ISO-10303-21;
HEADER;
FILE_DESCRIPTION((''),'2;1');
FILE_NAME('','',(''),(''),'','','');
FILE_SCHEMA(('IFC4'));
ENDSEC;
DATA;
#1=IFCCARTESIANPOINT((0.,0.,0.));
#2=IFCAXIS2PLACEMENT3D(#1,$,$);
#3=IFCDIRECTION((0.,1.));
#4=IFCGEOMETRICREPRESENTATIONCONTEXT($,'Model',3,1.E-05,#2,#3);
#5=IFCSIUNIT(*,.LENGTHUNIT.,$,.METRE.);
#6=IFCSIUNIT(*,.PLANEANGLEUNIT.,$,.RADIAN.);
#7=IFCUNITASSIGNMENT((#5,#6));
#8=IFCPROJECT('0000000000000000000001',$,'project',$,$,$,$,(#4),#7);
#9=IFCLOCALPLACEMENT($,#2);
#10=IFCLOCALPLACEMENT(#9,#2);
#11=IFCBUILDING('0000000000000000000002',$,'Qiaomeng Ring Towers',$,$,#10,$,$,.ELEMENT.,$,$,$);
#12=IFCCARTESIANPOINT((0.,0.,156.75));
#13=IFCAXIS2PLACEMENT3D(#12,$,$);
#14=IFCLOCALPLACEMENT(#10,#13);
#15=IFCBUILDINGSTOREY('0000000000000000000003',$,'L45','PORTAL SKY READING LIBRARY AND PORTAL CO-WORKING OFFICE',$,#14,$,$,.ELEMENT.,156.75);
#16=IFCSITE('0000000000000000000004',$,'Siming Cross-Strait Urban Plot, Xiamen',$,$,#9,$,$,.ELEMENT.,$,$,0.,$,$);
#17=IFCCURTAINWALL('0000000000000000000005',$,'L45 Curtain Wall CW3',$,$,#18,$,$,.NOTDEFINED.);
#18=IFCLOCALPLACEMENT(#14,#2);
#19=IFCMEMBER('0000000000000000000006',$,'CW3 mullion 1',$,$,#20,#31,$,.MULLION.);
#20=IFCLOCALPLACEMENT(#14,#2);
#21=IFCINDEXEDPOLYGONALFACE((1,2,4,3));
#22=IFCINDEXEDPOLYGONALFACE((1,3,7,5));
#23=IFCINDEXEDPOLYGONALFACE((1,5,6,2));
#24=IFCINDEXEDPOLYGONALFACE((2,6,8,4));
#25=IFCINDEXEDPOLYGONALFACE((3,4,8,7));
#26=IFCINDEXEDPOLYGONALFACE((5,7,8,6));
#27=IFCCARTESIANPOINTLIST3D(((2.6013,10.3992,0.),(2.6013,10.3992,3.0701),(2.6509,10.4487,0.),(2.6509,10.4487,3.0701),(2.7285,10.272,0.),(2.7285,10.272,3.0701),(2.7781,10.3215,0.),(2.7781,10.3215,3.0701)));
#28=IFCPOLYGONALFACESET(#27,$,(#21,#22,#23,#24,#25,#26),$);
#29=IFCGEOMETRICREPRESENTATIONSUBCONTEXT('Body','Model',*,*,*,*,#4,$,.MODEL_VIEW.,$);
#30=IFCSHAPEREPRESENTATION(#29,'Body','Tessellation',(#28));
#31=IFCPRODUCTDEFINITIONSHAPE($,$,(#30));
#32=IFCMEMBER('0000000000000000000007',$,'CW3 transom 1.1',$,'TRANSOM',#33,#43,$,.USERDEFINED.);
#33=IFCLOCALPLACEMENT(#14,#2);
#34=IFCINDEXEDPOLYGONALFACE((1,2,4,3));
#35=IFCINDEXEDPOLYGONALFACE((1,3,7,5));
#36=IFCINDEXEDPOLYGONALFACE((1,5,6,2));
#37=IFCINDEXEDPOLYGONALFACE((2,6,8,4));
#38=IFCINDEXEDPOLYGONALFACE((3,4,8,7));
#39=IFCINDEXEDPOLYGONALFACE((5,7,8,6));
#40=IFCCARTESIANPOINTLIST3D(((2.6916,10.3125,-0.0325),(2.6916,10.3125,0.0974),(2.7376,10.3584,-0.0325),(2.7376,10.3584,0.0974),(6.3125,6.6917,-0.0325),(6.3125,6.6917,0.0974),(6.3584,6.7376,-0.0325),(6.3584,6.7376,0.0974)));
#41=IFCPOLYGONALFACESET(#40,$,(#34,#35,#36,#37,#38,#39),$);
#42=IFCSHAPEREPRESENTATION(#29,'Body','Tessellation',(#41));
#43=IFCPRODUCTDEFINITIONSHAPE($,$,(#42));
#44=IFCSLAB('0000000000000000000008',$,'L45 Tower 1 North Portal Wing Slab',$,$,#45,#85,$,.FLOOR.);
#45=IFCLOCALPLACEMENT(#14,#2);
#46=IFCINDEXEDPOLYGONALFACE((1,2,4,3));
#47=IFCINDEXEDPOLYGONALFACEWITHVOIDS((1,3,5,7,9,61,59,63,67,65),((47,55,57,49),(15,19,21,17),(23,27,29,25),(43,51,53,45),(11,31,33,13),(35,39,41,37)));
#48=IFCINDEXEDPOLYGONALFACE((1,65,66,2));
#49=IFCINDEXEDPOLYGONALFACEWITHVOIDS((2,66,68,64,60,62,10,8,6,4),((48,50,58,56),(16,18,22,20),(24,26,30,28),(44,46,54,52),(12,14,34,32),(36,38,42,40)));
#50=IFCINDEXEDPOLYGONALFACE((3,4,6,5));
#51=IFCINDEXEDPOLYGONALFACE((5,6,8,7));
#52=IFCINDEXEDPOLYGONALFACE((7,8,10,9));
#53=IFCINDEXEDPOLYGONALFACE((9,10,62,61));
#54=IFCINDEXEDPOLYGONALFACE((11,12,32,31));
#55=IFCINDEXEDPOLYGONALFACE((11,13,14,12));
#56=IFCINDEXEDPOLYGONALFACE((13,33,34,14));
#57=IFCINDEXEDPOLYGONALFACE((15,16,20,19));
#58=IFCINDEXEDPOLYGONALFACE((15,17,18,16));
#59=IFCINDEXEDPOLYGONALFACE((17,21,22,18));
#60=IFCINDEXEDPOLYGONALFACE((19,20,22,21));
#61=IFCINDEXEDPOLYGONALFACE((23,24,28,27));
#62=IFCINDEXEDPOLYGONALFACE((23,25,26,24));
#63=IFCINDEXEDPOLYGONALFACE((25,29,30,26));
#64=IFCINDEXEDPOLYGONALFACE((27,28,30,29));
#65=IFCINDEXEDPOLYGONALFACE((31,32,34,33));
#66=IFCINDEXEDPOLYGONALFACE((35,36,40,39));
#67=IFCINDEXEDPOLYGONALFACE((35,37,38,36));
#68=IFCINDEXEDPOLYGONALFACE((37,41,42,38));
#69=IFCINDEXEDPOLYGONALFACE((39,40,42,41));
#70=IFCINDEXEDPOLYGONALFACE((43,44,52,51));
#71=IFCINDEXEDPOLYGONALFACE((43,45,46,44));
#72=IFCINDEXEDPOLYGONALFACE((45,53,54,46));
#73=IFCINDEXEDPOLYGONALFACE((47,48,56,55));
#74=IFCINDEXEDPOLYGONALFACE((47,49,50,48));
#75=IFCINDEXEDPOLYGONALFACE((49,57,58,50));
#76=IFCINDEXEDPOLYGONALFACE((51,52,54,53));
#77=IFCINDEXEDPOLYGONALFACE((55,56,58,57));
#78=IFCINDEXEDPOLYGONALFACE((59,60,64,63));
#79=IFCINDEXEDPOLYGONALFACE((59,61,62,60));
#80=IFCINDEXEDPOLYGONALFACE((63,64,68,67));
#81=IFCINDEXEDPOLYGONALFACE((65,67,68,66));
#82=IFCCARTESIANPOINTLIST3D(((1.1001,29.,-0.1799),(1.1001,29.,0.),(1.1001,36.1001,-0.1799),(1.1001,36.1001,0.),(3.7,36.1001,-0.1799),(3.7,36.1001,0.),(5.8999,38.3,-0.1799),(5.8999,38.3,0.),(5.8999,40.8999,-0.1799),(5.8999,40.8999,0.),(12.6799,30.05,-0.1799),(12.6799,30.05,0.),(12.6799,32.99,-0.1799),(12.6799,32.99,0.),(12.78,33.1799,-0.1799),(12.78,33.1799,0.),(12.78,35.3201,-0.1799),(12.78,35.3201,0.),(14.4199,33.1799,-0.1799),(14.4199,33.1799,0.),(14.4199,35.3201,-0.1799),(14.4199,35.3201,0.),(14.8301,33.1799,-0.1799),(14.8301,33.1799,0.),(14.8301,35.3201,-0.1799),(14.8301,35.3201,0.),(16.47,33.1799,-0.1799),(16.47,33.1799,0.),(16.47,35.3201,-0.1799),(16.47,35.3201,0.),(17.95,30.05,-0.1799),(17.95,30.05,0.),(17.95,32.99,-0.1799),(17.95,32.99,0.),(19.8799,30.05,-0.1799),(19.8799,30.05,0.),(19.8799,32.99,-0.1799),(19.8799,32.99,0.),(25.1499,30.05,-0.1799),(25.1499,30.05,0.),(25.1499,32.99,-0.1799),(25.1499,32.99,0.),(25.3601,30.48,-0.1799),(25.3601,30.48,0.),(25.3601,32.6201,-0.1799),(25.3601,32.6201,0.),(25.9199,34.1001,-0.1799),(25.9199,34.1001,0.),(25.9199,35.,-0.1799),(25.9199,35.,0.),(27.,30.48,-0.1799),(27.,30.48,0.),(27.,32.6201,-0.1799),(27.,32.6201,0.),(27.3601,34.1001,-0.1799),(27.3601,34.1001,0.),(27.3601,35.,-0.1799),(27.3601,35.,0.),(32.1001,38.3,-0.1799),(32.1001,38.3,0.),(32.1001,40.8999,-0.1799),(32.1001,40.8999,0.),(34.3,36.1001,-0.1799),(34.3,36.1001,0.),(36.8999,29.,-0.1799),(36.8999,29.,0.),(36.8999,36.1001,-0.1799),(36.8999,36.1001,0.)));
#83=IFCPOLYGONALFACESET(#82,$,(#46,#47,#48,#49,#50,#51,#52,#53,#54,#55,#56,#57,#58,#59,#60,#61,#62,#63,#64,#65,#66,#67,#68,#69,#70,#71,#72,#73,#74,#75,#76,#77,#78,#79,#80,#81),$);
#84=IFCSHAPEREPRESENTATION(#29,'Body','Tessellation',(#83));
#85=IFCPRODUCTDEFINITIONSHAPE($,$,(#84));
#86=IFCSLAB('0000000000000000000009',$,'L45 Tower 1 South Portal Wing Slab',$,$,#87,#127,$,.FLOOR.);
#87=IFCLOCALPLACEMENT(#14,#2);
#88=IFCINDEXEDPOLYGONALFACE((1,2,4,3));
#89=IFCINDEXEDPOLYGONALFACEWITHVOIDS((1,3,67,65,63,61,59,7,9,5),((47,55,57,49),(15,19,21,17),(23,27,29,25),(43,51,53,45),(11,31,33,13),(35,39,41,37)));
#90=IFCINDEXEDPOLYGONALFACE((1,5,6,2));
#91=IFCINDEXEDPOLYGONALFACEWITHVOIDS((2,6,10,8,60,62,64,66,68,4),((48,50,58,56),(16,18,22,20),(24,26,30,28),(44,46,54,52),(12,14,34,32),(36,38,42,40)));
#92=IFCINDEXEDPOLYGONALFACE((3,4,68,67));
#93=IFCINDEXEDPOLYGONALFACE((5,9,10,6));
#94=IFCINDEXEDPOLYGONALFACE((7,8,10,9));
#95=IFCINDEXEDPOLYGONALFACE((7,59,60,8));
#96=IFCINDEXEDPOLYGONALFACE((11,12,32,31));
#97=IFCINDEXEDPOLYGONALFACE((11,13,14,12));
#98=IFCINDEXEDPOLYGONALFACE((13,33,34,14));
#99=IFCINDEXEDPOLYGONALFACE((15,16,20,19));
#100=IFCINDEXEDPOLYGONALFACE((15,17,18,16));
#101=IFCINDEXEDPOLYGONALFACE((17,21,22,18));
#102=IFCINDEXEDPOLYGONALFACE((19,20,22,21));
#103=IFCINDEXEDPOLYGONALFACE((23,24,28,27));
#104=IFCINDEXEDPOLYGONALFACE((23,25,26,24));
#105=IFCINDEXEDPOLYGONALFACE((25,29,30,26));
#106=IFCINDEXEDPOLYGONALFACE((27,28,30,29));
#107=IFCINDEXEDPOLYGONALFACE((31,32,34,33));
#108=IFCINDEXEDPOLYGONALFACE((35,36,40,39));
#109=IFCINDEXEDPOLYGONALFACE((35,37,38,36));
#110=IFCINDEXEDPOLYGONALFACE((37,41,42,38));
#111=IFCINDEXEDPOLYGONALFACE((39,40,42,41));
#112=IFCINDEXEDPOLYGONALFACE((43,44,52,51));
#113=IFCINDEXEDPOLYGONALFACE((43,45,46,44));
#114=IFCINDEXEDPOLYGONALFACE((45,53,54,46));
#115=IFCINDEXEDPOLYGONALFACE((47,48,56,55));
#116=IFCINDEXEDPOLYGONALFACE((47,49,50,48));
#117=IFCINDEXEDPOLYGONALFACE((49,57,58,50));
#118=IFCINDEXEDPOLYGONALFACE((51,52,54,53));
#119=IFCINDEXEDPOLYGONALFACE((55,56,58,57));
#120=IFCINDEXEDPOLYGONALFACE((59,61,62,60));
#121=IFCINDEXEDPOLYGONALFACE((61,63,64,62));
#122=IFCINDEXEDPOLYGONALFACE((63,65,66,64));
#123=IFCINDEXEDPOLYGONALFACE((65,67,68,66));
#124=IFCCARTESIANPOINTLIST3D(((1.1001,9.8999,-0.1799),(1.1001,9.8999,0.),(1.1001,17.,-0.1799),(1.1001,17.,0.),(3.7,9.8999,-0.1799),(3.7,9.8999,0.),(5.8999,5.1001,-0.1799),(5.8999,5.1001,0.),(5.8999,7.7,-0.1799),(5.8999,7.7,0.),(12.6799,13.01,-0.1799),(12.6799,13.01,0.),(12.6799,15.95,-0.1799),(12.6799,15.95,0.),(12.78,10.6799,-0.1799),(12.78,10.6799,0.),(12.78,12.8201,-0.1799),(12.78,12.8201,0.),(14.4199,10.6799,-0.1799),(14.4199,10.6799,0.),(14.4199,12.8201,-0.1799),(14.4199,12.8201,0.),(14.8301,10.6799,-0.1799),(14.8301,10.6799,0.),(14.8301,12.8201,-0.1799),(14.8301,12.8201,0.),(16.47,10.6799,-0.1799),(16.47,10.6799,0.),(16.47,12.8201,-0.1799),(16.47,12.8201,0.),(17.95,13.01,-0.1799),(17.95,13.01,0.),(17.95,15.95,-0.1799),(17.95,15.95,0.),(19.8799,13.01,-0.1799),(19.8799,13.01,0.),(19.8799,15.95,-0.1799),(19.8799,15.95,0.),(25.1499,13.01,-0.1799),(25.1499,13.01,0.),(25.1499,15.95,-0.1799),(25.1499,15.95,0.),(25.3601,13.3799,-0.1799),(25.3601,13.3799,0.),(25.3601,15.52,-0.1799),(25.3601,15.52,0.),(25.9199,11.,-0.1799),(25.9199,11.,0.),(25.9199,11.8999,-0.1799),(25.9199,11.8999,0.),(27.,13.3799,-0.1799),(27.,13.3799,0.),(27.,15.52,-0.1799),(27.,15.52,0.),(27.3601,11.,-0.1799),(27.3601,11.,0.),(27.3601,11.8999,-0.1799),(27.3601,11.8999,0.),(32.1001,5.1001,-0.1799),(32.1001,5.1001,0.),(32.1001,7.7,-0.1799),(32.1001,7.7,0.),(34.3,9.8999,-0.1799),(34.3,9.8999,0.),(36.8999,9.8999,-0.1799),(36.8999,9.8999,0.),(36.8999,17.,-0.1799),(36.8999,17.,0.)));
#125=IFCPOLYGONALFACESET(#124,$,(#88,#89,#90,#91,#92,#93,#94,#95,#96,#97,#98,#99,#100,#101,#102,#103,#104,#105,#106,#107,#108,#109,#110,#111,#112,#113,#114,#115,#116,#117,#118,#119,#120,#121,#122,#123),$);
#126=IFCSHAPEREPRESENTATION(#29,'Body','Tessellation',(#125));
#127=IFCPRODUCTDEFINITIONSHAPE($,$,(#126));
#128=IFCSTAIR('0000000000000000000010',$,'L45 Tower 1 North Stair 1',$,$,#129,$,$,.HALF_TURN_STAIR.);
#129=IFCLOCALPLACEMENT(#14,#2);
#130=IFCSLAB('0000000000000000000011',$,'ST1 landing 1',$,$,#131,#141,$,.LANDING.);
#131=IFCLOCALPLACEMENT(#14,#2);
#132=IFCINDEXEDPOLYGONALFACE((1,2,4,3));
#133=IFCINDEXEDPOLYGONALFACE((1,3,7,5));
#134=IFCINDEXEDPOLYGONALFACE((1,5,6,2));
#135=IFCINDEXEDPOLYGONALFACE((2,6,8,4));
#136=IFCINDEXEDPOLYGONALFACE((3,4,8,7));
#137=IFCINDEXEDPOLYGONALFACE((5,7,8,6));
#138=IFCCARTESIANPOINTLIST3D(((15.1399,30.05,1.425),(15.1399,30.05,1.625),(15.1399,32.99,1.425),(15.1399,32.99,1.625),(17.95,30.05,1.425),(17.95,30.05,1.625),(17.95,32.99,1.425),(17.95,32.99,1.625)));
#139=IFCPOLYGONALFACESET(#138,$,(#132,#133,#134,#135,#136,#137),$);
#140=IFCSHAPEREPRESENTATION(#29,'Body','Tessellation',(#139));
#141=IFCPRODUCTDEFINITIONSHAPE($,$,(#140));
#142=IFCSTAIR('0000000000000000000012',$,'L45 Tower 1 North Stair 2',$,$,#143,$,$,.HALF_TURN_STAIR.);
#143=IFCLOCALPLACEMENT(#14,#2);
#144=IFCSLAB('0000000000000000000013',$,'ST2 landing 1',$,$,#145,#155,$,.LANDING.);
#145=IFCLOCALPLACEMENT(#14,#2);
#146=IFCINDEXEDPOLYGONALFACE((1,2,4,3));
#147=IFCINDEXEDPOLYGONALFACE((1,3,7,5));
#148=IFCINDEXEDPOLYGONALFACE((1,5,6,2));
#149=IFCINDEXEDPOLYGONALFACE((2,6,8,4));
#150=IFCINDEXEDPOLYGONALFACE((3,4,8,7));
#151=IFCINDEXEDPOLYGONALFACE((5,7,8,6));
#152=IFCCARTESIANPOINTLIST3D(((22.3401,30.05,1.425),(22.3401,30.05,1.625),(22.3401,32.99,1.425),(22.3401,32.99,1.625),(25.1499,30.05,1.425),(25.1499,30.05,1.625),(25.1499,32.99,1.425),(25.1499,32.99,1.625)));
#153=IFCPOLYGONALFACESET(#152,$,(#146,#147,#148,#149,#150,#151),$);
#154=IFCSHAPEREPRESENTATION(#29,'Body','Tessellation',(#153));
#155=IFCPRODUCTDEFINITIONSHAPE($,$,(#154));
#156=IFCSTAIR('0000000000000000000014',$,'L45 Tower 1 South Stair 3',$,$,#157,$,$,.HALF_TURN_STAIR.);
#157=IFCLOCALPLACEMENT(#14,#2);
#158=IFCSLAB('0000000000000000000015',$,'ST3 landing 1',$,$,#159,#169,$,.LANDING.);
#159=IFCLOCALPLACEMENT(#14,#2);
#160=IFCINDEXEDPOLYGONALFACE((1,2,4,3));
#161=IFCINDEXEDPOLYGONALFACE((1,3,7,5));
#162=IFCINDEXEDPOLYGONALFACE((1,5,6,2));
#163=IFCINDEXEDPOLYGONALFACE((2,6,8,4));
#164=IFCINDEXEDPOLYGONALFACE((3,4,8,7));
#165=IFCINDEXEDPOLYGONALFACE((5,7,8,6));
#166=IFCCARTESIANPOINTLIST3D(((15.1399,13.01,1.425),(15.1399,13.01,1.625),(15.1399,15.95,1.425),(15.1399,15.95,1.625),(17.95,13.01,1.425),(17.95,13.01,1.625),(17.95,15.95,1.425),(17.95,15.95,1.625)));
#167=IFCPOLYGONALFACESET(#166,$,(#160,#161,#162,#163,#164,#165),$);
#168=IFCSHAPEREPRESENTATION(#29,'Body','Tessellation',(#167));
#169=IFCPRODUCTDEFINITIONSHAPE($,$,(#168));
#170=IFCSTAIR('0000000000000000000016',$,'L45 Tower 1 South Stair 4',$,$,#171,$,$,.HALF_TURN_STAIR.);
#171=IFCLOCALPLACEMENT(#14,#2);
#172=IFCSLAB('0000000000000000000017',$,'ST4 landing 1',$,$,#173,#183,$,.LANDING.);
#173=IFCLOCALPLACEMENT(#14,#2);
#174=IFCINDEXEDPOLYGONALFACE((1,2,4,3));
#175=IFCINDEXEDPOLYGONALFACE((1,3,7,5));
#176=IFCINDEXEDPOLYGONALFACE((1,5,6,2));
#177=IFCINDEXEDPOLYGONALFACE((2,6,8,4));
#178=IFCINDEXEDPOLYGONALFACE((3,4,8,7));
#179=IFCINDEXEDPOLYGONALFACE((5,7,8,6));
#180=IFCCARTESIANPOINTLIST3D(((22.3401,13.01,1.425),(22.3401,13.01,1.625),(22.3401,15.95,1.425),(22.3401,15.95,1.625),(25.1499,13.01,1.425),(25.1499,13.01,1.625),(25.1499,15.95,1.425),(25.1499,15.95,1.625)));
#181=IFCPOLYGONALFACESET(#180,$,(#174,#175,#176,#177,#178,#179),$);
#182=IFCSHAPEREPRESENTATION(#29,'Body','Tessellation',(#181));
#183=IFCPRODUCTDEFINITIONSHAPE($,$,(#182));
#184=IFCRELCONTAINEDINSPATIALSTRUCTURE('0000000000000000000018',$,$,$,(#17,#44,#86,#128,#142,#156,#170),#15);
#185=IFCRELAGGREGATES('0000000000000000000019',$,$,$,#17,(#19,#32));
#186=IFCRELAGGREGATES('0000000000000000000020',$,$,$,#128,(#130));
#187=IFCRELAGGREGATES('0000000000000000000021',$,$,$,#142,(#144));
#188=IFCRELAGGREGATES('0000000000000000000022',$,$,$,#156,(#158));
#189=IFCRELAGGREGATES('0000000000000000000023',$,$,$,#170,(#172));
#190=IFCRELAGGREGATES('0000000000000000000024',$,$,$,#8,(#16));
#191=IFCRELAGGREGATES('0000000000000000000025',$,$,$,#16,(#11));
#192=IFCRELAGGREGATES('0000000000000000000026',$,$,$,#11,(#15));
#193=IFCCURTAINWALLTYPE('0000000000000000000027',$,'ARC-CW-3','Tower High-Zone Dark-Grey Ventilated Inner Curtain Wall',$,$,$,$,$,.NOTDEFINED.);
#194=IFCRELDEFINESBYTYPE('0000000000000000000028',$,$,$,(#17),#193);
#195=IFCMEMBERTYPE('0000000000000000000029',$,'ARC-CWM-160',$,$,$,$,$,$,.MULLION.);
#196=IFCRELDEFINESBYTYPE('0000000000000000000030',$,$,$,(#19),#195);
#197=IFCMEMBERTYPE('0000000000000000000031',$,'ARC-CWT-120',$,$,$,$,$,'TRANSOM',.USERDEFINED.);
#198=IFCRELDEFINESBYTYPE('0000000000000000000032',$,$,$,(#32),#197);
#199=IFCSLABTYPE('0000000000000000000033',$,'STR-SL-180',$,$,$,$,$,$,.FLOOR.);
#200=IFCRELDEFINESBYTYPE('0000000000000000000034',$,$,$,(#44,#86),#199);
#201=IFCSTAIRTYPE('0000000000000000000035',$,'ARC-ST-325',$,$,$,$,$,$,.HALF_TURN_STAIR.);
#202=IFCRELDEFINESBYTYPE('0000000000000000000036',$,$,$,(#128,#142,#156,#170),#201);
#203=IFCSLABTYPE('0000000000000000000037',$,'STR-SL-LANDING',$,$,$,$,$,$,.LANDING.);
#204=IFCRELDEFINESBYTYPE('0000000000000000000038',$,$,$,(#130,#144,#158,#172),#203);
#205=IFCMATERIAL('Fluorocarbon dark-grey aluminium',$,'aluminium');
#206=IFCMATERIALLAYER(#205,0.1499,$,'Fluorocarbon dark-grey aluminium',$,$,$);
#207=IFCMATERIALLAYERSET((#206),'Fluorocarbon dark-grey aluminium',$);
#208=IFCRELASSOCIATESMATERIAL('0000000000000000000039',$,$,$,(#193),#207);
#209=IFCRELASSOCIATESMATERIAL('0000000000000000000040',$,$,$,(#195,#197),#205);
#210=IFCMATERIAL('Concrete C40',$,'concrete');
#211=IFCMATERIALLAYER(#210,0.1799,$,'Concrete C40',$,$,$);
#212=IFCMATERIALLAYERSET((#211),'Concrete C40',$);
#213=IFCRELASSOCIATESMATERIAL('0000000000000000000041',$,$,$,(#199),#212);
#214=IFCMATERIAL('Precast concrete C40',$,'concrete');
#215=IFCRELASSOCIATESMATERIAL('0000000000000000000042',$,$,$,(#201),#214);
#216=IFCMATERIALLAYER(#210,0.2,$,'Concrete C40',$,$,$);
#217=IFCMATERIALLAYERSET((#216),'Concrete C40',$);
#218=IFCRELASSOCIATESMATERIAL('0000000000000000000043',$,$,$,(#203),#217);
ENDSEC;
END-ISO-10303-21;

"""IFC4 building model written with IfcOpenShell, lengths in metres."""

from ifc_helpers import new_model, si_unit, direction, frame, origin, origin_2d, place, context, subcontext, project, spatial, polyline, rectangle, outline, extrude, source, transform, mapped, material, layer, layer_set, material_profile, profile_set, type_object, element, aggregate, save


model = new_model("IFC4")

# Units and contexts
model_context = context("Model", 3, precision=1e-05, world=origin(), true_north=direction((0.0, 1.0)))
body_context = subcontext(model_context, "Body", "Model", "MODEL_VIEW")
ifc_project = project(units=[si_unit("LENGTHUNIT", "METRE"), si_unit("PLANEANGLEUNIT", "RADIAN")], contexts=[model_context])

# Site, building, storey
site_placement = place(None, origin())
site = spatial("IfcSite", under=ifc_project, at=site_placement, Name="Siming Cross-Strait Urban Plot, Xiamen", CompositionType="ELEMENT", RefElevation=0.0)
building_placement = place(site_placement, origin())
building = spatial("IfcBuilding", under=site, at=building_placement, Name="Qiaomeng Ring Towers", CompositionType="ELEMENT")
storey_placement = place(building_placement, frame((0.0, 0.0, 156.75)))
storey = spatial("IfcBuildingStorey", under=building, at=storey_placement, Name="L45", Description="PORTAL SKY READING LIBRARY AND PORTAL CO-WORKING OFFICE", CompositionType="ELEMENT", Elevation=156.75)

# Curtain wall, members
ifc_material_1 = material(Name="Fluorocarbon dark-grey aluminium", Category="aluminium")
ifc_layer_1 = layer(ifc_material_1, 0.1499, Name="Fluorocarbon dark-grey aluminium")
ifc_layer_set_1 = layer_set([ifc_layer_1], Name="Fluorocarbon dark-grey aluminium")
curtain_wall_type = type_object("IfcCurtainWallType", Name="ARC-CW-3", Description="Tower High-Zone Dark-Grey Ventilated Inner Curtain Wall", PredefinedType="NOTDEFINED", material=ifc_layer_set_1)
curtain_wall_placement = place(storey_placement, origin())
curtain_wall = element("IfcCurtainWall", 1, at=curtain_wall_placement, inside=storey, type_object=curtain_wall_type, Name="L45 Curtain Wall CW3", PredefinedType="NOTDEFINED")
ifc_material_profile_1 = material_profile(ifc_material_1, rectangle(XDim=0.0701, YDim=0.1799, at=origin_2d()), Name="ALU MULL 70x180")
ifc_profile_set_1 = profile_set([ifc_material_profile_1], Name="Fluorocarbon dark-grey aluminium")
member_type_1 = type_object("IfcMemberType", Name="ARC-CWM-160", PredefinedType="MULLION", material=ifc_profile_set_1)
shared_shape_1 = source(origin(), body_context, "Body", "SweptSolid", [
    extrude(rectangle(XDim=0.0701, YDim=0.1799, at=origin_2d()), origin(), (0.0, 0.0, 1.0), 3.0701),
])
member_1_placement = place(storey_placement, frame((2.6897, 10.3604, 0.0), z_axis=(0.0, 0.0, 1.0), x_axis=(0.707107, 0.707107, 0.0)))
member_1 = element("IfcMember", 2, at=member_1_placement, type_object=member_type_1, Name="CW3 mullion 1", PredefinedType="MULLION", context=body_context, shape_type="MappedRepresentation", body=[
    mapped(shared_shape_1, transform((0.0, 0.0, 0.0), x_axis=(1.0, 0.0, 0.0), y_axis=(0.0, 1.0, 0.0), z_axis=(0.0, 0.0, 1.0), scale=1.0)),
])
ifc_material_profile_2 = material_profile(ifc_material_1, rectangle(XDim=0.0649, YDim=0.1299, at=origin_2d()), Name="ALU TRAN 65x130")
ifc_profile_set_2 = profile_set([ifc_material_profile_2], Name="Fluorocarbon dark-grey aluminium")
member_type_2 = type_object("IfcMemberType", Name="ARC-CWT-120", ElementType="TRANSOM", PredefinedType="USERDEFINED", material=ifc_profile_set_2)
shared_shape_2 = source(origin(), body_context, "Body", "SweptSolid", [
    extrude(rectangle(XDim=0.0649, YDim=0.1299, at=origin_2d()), origin(), (0.0, 0.0, 1.0), 5.1206),
])
member_2_placement = place(storey_placement, frame((2.7146, 10.3354, 0.0325), z_axis=(0.707107, -0.707107, 0.0), x_axis=(0.707107, 0.707107, 0.0)))
member_2 = element("IfcMember", 3, at=member_2_placement, type_object=member_type_2, Name="CW3 transom 1.1", ObjectType="TRANSOM", PredefinedType="USERDEFINED", context=body_context, shape_type="MappedRepresentation", body=[
    mapped(shared_shape_2, transform((0.0, 0.0, 0.0), x_axis=(1.0, 0.0, 0.0), y_axis=(0.0, 1.0, 0.0), z_axis=(0.0, 0.0, 1.0), scale=1.0)),
])
aggregate(curtain_wall, [member_1, member_2])

# Slabs
ifc_material_2 = material(Name="Concrete C40", Category="concrete")
ifc_layer_2 = layer(ifc_material_2, 0.1799, Name="Concrete C40")
ifc_layer_set_2 = layer_set([ifc_layer_2], Name="Concrete C40")
slab_type_1 = type_object("IfcSlabType", Name="STR-SL-180", PredefinedType="FLOOR", material=ifc_layer_set_2)
slab_1_placement = place(storey_placement, frame((0.0, 0.0, -0.1799)))
element("IfcSlab", 4, at=slab_1_placement, inside=storey, type_object=slab_type_1, Name="L45 Tower 1 North Portal Wing Slab", PredefinedType="FLOOR", context=body_context, shape_type="SweptSolid", body=[
    extrude(outline(polyline([(1.1001, 36.1001), (3.7, 36.1001), (5.8999, 38.3), (5.8999, 40.8999), (32.1001, 40.8999), (32.1001, 38.3), (34.3, 36.1001), (36.8999, 36.1001), (36.8999, 29.0), (1.1001, 29.0), (1.1001, 36.1001)]), holes=[polyline([(17.95, 30.05), (12.6799, 30.05), (12.6799, 32.99), (17.95, 32.99), (17.95, 30.05)]), polyline([(19.8799, 30.05), (19.8799, 32.99), (25.1499, 32.99), (25.1499, 30.05), (19.8799, 30.05)]), polyline([(25.3601, 30.48), (25.3601, 32.6201), (27.0, 32.6201), (27.0, 30.48), (25.3601, 30.48)]), polyline([(14.4199, 33.1799), (12.78, 33.1799), (12.78, 35.3201), (14.4199, 35.3201), (14.4199, 33.1799)]), polyline([(14.8301, 33.1799), (14.8301, 35.3201), (16.47, 35.3201), (16.47, 33.1799), (14.8301, 33.1799)]), polyline([(25.9199, 34.1001), (25.9199, 35.0), (27.3601, 35.0), (27.3601, 34.1001), (25.9199, 34.1001)])]), origin(), (0.0, 0.0, 1.0), 0.1799),
])
slab_2_placement = place(storey_placement, frame((0.0, 0.0, -0.1799)))
element("IfcSlab", 5, at=slab_2_placement, inside=storey, type_object=slab_type_1, Name="L45 Tower 1 South Portal Wing Slab", PredefinedType="FLOOR", context=body_context, shape_type="SweptSolid", body=[
    extrude(outline(polyline([(36.8999, 9.8999), (34.3, 9.8999), (32.1001, 7.7), (32.1001, 5.1001), (5.8999, 5.1001), (5.8999, 7.7), (3.7, 9.8999), (1.1001, 9.8999), (1.1001, 17.0), (36.8999, 17.0), (36.8999, 9.8999)]), holes=[polyline([(27.3601, 11.0), (25.9199, 11.0), (25.9199, 11.8999), (27.3601, 11.8999), (27.3601, 11.0)]), polyline([(12.78, 10.6799), (12.78, 12.8201), (14.4199, 12.8201), (14.4199, 10.6799), (12.78, 10.6799)]), polyline([(14.8301, 10.6799), (14.8301, 12.8201), (16.47, 12.8201), (16.47, 10.6799), (14.8301, 10.6799)]), polyline([(27.0, 13.3799), (25.3601, 13.3799), (25.3601, 15.52), (27.0, 15.52), (27.0, 13.3799)]), polyline([(12.6799, 13.01), (12.6799, 15.95), (17.95, 15.95), (17.95, 13.01), (12.6799, 13.01)]), polyline([(19.8799, 13.01), (19.8799, 15.95), (25.1499, 15.95), (25.1499, 13.01), (19.8799, 13.01)])]), origin(), (0.0, 0.0, 1.0), 0.1799),
])

# Stairs, slabs
ifc_material_3 = material(Name="Precast concrete C40", Category="concrete")
stair_type = type_object("IfcStairType", Name="ARC-ST-325", PredefinedType="HALF_TURN_STAIR", material=ifc_material_3)
stair_1_placement = place(storey_placement, origin())
stair_1 = element("IfcStair", 6, at=stair_1_placement, inside=storey, type_object=stair_type, Name="L45 Tower 1 North Stair 1", PredefinedType="HALF_TURN_STAIR")
ifc_layer_3 = layer(ifc_material_2, 0.2, Name="Concrete C40")
ifc_layer_set_3 = layer_set([ifc_layer_3], Name="Concrete C40")
slab_type_2 = type_object("IfcSlabType", Name="STR-SL-LANDING", PredefinedType="LANDING", material=ifc_layer_set_3)
slab_3_placement = place(storey_placement, frame((0.0, 0.0, 1.425)))
slab_3 = element("IfcSlab", 7, at=slab_3_placement, type_object=slab_type_2, Name="ST1 landing 1", PredefinedType="LANDING", context=body_context, shape_type="SweptSolid", body=[
    extrude(outline(polyline([(15.1399, 30.05), (17.95, 30.05), (17.95, 32.99), (15.1399, 32.99), (15.1399, 30.05)])), origin(), (0.0, 0.0, 1.0), 0.2),
])
aggregate(stair_1, [slab_3])
stair_2_placement = place(storey_placement, origin())
stair_2 = element("IfcStair", 8, at=stair_2_placement, inside=storey, type_object=stair_type, Name="L45 Tower 1 North Stair 2", PredefinedType="HALF_TURN_STAIR")
slab_4_placement = place(storey_placement, frame((0.0, 0.0, 1.425)))
slab_4 = element("IfcSlab", 9, at=slab_4_placement, type_object=slab_type_2, Name="ST2 landing 1", PredefinedType="LANDING", context=body_context, shape_type="SweptSolid", body=[
    extrude(outline(polyline([(22.3401, 30.05), (25.1499, 30.05), (25.1499, 32.99), (22.3401, 32.99), (22.3401, 30.05)])), origin(), (0.0, 0.0, 1.0), 0.2),
])
aggregate(stair_2, [slab_4])
stair_3_placement = place(storey_placement, origin())
stair_3 = element("IfcStair", 10, at=stair_3_placement, inside=storey, type_object=stair_type, Name="L45 Tower 1 South Stair 3", PredefinedType="HALF_TURN_STAIR")
slab_5_placement = place(storey_placement, frame((0.0, 0.0, 1.425)))
slab_5 = element("IfcSlab", 11, at=slab_5_placement, type_object=slab_type_2, Name="ST3 landing 1", PredefinedType="LANDING", context=body_context, shape_type="SweptSolid", body=[
    extrude(outline(polyline([(15.1399, 13.01), (17.95, 13.01), (17.95, 15.95), (15.1399, 15.95), (15.1399, 13.01)])), origin(), (0.0, 0.0, 1.0), 0.2),
])
aggregate(stair_3, [slab_5])
stair_4_placement = place(storey_placement, origin())
stair_4 = element("IfcStair", 12, at=stair_4_placement, inside=storey, type_object=stair_type, Name="L45 Tower 1 South Stair 4", PredefinedType="HALF_TURN_STAIR")
slab_6_placement = place(storey_placement, frame((0.0, 0.0, 1.425)))
slab_6 = element("IfcSlab", 13, at=slab_6_placement, type_object=slab_type_2, Name="ST4 landing 1", PredefinedType="LANDING", context=body_context, shape_type="SweptSolid", body=[
    extrude(outline(polyline([(22.3401, 13.01), (25.1499, 13.01), (25.1499, 15.95), (22.3401, 15.95), (22.3401, 13.01)])), origin(), (0.0, 0.0, 1.0), 0.2),
])
aggregate(stair_4, [slab_6])

save(model, "model.ifc")
